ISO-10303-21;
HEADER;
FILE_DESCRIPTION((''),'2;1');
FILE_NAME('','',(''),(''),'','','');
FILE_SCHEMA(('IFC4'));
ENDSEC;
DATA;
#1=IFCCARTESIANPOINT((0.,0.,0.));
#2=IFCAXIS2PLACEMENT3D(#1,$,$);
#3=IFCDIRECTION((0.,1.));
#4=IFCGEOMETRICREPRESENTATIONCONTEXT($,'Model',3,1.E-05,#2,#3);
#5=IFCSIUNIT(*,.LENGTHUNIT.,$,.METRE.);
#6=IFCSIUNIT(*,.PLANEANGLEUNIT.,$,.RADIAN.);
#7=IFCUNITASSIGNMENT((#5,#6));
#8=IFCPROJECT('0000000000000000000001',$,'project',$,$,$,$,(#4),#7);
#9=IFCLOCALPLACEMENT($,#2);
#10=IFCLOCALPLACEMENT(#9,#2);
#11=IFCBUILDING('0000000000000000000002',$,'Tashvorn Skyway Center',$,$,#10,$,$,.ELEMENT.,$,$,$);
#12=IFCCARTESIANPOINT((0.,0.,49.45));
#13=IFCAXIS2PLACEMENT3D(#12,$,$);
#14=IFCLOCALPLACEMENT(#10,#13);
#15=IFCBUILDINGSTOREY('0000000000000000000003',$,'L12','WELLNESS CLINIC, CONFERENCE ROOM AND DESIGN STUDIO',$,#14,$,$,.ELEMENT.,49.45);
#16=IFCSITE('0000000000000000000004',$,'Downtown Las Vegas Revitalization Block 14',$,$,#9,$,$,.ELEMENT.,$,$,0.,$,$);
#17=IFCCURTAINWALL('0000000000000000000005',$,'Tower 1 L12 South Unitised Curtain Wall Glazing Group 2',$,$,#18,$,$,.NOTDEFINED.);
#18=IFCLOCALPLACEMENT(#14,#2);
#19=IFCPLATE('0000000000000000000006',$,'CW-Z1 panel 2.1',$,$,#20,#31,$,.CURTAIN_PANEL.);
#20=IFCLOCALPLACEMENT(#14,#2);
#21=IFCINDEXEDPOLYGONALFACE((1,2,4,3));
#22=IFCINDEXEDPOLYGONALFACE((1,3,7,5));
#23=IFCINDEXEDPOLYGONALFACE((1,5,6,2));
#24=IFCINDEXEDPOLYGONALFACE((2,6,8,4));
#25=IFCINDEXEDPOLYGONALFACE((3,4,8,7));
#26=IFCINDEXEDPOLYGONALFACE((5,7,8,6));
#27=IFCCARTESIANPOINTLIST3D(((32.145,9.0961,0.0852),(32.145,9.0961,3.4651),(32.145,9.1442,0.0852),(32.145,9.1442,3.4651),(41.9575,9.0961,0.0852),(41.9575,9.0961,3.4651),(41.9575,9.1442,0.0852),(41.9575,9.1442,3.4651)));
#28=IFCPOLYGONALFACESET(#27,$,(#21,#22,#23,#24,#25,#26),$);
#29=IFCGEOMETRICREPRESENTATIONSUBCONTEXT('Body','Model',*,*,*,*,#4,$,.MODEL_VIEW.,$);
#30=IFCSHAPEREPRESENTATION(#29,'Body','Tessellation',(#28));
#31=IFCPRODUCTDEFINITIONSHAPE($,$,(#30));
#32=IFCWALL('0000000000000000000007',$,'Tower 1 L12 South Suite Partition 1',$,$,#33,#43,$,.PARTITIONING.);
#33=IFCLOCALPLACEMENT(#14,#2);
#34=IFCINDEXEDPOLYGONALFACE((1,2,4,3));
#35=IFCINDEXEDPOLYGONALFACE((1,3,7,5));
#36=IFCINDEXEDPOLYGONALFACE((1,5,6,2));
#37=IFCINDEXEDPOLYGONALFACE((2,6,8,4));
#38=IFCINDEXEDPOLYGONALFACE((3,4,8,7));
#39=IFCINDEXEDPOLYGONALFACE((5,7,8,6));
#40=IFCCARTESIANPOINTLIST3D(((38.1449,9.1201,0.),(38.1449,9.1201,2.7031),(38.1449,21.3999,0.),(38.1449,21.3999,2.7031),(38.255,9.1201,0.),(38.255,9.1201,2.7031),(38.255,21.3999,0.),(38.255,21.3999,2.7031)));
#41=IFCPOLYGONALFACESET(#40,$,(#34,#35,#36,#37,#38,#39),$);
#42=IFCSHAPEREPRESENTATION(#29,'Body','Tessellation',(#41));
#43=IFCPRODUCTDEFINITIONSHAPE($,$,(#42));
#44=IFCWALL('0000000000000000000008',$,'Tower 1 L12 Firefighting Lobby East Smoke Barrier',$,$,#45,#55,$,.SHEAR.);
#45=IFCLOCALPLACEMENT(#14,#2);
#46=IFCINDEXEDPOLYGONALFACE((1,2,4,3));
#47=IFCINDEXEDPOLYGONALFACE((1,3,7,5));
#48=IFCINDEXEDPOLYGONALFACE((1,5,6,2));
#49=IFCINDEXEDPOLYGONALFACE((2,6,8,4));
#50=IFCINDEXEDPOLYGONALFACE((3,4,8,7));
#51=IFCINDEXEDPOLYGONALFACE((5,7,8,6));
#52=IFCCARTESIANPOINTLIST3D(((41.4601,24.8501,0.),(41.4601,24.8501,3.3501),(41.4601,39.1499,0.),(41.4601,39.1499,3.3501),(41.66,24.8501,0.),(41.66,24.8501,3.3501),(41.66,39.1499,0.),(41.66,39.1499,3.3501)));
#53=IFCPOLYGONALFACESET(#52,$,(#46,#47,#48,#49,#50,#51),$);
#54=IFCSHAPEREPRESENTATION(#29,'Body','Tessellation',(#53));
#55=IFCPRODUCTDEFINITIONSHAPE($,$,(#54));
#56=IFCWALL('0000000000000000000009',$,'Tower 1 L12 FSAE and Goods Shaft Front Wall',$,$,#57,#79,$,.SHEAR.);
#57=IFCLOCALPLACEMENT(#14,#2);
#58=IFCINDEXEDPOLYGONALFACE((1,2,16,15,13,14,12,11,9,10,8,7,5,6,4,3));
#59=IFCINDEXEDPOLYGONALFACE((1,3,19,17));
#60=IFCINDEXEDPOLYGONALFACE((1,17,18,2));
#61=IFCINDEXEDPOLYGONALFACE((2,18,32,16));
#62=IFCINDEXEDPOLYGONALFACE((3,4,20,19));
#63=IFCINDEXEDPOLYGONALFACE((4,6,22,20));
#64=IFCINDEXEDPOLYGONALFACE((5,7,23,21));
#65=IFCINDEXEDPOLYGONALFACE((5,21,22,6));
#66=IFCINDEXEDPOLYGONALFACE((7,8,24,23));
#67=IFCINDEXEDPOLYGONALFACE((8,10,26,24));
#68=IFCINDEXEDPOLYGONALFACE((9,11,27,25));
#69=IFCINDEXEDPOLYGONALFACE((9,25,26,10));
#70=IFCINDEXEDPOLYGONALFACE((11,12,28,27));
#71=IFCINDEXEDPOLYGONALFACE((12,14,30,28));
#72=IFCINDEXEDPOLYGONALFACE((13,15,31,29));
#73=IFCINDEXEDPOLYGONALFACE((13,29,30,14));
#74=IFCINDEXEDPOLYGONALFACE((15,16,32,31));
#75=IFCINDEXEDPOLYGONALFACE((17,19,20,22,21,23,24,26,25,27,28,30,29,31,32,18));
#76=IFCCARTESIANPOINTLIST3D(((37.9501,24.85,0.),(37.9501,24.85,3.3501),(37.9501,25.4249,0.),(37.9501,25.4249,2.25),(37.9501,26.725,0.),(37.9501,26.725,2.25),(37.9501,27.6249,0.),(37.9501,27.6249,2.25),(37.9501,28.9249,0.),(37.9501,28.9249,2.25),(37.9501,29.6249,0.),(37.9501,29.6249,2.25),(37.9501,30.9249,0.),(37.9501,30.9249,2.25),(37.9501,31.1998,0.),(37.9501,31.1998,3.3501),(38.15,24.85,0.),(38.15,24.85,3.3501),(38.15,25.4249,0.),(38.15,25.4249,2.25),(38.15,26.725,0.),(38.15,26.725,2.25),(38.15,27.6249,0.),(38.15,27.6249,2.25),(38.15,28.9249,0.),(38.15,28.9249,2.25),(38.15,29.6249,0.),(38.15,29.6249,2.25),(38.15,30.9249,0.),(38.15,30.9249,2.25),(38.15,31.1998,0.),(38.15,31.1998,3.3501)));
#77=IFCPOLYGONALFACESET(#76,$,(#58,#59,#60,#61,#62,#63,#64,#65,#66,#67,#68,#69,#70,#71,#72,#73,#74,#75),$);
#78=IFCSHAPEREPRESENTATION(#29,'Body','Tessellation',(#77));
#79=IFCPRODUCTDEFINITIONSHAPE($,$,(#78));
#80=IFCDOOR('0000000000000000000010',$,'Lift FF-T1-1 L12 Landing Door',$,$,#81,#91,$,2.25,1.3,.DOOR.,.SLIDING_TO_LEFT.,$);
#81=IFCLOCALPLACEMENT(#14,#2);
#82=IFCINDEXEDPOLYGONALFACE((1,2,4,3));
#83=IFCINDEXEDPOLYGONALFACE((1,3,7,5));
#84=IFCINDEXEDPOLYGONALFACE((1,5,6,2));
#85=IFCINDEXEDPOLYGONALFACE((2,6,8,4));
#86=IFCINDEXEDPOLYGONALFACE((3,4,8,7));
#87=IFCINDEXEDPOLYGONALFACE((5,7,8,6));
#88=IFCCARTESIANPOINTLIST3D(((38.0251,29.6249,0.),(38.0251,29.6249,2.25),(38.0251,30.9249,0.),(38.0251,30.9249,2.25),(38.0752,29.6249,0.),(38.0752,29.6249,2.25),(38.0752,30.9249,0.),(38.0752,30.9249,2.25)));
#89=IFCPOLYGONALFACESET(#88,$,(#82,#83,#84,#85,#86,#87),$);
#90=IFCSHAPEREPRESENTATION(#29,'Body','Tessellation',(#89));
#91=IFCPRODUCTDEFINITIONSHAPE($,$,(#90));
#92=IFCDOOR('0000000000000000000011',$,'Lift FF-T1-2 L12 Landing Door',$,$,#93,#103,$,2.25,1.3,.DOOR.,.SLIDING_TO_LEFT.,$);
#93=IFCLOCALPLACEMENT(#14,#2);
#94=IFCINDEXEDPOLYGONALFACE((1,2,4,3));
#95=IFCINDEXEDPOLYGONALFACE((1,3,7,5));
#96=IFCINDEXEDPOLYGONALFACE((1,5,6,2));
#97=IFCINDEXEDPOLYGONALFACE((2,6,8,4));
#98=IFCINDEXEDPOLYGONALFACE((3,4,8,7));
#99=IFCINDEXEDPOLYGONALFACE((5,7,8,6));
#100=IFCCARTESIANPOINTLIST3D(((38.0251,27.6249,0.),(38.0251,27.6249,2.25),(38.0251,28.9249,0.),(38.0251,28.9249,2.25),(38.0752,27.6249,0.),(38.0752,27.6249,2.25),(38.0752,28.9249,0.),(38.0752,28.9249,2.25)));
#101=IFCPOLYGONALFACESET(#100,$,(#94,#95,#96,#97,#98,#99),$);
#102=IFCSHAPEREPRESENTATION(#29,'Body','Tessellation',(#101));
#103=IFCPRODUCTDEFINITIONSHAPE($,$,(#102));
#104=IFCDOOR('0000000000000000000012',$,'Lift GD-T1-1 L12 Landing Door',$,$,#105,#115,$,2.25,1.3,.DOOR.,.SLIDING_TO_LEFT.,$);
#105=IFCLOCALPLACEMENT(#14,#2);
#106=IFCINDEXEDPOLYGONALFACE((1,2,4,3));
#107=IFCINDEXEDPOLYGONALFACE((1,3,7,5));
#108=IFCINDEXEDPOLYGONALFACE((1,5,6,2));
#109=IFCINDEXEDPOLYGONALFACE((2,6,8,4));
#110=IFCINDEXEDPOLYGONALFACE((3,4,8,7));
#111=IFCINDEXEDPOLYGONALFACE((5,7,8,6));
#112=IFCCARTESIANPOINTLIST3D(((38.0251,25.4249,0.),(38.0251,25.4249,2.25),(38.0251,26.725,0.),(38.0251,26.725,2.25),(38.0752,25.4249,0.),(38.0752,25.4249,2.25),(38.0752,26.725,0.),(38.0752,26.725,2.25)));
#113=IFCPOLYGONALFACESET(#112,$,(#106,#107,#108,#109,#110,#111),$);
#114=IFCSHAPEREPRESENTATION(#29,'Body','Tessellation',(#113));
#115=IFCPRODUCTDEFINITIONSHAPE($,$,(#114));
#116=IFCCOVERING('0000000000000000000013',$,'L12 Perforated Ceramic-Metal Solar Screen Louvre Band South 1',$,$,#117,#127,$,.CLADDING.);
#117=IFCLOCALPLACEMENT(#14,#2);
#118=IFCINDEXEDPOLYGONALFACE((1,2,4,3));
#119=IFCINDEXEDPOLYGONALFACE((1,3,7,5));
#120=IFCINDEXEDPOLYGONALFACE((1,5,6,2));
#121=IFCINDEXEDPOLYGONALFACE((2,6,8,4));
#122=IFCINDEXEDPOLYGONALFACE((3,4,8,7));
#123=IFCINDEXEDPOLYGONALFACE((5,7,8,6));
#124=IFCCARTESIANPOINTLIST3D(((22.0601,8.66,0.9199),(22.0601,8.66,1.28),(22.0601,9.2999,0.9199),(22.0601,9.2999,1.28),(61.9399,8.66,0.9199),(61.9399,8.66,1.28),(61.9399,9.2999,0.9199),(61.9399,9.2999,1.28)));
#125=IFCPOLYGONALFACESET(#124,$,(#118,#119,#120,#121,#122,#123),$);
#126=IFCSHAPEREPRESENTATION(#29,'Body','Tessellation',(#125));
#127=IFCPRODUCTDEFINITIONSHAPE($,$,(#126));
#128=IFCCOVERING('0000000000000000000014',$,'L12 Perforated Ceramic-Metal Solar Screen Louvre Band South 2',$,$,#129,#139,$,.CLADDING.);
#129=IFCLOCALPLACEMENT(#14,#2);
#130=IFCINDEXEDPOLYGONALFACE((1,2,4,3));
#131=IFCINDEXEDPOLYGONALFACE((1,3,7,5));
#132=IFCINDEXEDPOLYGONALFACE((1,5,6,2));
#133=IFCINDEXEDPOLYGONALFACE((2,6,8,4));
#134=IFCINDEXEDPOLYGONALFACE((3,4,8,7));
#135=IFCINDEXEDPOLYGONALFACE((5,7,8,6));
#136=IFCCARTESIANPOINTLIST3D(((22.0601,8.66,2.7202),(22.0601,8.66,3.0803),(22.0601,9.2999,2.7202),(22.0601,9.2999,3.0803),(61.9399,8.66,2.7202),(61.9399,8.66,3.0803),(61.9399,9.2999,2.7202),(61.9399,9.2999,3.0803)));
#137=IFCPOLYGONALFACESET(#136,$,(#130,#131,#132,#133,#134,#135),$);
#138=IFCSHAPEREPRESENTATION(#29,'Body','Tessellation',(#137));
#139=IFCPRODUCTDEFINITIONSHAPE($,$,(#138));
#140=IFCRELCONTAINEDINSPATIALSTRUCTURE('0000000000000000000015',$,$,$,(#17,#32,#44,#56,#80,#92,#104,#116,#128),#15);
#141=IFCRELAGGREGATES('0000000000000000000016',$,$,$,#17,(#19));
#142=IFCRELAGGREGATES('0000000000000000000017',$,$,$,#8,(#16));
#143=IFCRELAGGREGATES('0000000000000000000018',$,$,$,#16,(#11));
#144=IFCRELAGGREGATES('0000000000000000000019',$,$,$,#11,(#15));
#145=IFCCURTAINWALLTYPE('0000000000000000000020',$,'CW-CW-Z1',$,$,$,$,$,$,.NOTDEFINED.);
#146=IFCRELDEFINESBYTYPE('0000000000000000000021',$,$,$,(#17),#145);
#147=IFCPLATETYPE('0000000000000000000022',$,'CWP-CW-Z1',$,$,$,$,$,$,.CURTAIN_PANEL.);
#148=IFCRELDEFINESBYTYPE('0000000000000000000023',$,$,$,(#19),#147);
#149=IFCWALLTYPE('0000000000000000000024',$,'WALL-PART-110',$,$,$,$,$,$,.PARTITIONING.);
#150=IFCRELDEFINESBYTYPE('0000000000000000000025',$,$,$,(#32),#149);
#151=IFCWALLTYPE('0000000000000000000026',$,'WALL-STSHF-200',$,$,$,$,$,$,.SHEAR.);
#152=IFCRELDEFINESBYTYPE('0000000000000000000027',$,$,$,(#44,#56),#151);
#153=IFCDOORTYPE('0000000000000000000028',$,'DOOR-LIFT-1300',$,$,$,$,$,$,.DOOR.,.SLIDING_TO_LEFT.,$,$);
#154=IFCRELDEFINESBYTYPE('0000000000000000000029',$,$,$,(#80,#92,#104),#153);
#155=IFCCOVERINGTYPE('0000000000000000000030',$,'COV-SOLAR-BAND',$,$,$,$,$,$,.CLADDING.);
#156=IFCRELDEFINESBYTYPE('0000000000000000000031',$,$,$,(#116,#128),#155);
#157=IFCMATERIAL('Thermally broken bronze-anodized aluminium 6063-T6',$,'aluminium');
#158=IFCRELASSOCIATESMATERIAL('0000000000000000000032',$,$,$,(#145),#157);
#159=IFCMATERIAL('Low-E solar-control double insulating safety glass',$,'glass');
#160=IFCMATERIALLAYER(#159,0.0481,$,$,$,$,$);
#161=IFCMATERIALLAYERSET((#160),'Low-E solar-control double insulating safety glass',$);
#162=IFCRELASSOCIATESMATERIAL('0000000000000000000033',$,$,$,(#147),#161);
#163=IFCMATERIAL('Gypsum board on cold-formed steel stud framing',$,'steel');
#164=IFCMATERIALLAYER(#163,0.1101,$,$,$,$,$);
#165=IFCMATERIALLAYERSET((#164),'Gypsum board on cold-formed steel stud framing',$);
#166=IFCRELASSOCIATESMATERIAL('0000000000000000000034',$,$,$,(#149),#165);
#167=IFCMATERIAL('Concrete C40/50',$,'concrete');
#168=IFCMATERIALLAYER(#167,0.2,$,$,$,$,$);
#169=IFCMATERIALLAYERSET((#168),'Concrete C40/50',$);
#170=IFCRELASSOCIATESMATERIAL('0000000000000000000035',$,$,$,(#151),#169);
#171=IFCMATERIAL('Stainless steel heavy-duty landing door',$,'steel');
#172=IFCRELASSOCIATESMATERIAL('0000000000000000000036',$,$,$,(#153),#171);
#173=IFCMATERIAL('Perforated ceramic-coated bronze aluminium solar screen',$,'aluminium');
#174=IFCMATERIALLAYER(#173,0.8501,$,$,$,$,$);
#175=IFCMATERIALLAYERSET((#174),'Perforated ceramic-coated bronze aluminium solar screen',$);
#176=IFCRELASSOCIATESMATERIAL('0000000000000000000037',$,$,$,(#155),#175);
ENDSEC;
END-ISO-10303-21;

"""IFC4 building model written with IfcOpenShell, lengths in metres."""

from ifc_helpers import new_model, si_unit, direction, frame, frame_2d, origin, origin_2d, place, context, subcontext, project, spatial, rectangle, extrude, material, layer, layer_set, type_object, element, fill, aggregate, save


model = new_model("IFC4")

# Units and contexts
model_context = context("Model", 3, precision=1e-05, world=origin(), true_north=direction((0.0, 1.0)))
body_context = subcontext(model_context, "Body", "Model", "MODEL_VIEW")
ifc_project = project(units=[si_unit("LENGTHUNIT", "METRE"), si_unit("PLANEANGLEUNIT", "RADIAN")], contexts=[model_context])

# Site, building, storey
site_placement = place(None, origin())
site = spatial("IfcSite", under=ifc_project, at=site_placement, Name="Downtown Las Vegas Revitalization Block 14", CompositionType="ELEMENT", RefElevation=0.0)
building_placement = place(site_placement, origin())
building = spatial("IfcBuilding", under=site, at=building_placement, Name="Tashvorn Skyway Center", CompositionType="ELEMENT")
storey_placement = place(building_placement, frame((0.0, 0.0, 49.45)))
storey = spatial("IfcBuildingStorey", under=building, at=storey_placement, Name="L12", Description="WELLNESS CLINIC, CONFERENCE ROOM AND DESIGN STUDIO", CompositionType="ELEMENT", Elevation=49.45)

# Curtain wall, plate
ifc_material_1 = material(Name="Thermally broken bronze-anodized aluminium 6063-T6", Category="aluminium")
curtain_wall_type = type_object("IfcCurtainWallType", Name="CW-CW-Z1", PredefinedType="NOTDEFINED", material=ifc_material_1)
curtain_wall_placement = place(storey_placement, origin())
curtain_wall = element("IfcCurtainWall", 1, at=curtain_wall_placement, inside=storey, type_object=curtain_wall_type, Name="Tower 1 L12 South Unitised Curtain Wall Glazing Group 2", PredefinedType="NOTDEFINED")
ifc_material_2 = material(Name="Low-E solar-control double insulating safety glass", Category="glass")
ifc_layer_1 = layer(ifc_material_2, 0.0481)
ifc_layer_set_1 = layer_set([ifc_layer_1], Name="Low-E solar-control double insulating safety glass")
plate_type = type_object("IfcPlateType", Name="CWP-CW-Z1", PredefinedType="CURTAIN_PANEL", material=ifc_layer_set_1)
plate_1_placement = place(storey_placement, frame((37.0513, 9.1201, 0.0852), z_axis=(0.0, 0.0, 1.0), x_axis=(-1.0, 0.0, 0.0)))
plate_1 = element("IfcPlate", 2, at=plate_1_placement, type_object=plate_type, Name="CW-Z1 panel 2.1", PredefinedType="CURTAIN_PANEL", context=body_context, shape_type="SweptSolid", body=[
    extrude(rectangle(XDim=9.8125, YDim=0.0481, at=origin_2d()), origin(), (0.0, 0.0, 1.0), 3.3799),
])
aggregate(curtain_wall, [plate_1])

# Walls
ifc_material_3 = material(Name="Gypsum board on cold-formed steel stud framing", Category="steel")
ifc_layer_2 = layer(ifc_material_3, 0.1101)
ifc_layer_set_2 = layer_set([ifc_layer_2], Name="Gypsum board on cold-formed steel stud framing")
wall_type_1 = type_object("IfcWallType", Name="WALL-PART-110", PredefinedType="PARTITIONING", material=ifc_layer_set_2)
wall_1_placement = place(storey_placement, frame((38.2, 9.1201, 0.0), z_axis=(0.0, 0.0, 1.0), x_axis=(0.0, 1.0, 0.0)))
element("IfcWall", 3, at=wall_1_placement, inside=storey, type_object=wall_type_1, Name="Tower 1 L12 South Suite Partition 1", PredefinedType="PARTITIONING", context=body_context, shape_type="SweptSolid", body=[
    extrude(rectangle(XDim=12.2798, YDim=0.1101, at=frame_2d((6.1399, 0.0))), origin(), (0.0, 0.0, 1.0), 2.7031),
])
ifc_material_4 = material(Name="Concrete C40/50", Category="concrete")
ifc_layer_3 = layer(ifc_material_4, 0.2)
ifc_layer_set_3 = layer_set([ifc_layer_3], Name="Concrete C40/50")
wall_type_2 = type_object("IfcWallType", Name="WALL-STSHF-200", PredefinedType="SHEAR", material=ifc_layer_set_3)
wall_2_placement = place(storey_placement, frame((41.5601, 24.8501, 0.0), z_axis=(0.0, 0.0, 1.0), x_axis=(0.0, 1.0, 0.0)))
element("IfcWall", 4, at=wall_2_placement, inside=storey, type_object=wall_type_2, Name="Tower 1 L12 Firefighting Lobby East Smoke Barrier", PredefinedType="SHEAR", context=body_context, shape_type="SweptSolid", body=[
    extrude(rectangle(XDim=14.2998, YDim=0.2, at=frame_2d((7.1499, 0.0))), origin(), (0.0, 0.0, 1.0), 3.3501),
])

# Wall, openings, doors
wall_3_placement = place(storey_placement, frame((38.05, 24.8501, 0.0), z_axis=(0.0, 0.0, 1.0), x_axis=(0.0, 1.0, 0.0)))
wall_3 = element("IfcWall", 5, at=wall_3_placement, inside=storey, type_object=wall_type_2, Name="Tower 1 L12 FSAE and Goods Shaft Front Wall", PredefinedType="SHEAR", context=body_context, shape_type="SweptSolid", body=[
    extrude(rectangle(XDim=6.3499, YDim=0.2, at=frame_2d((3.1748, 0.0))), origin(), (0.0, 0.0, 1.0), 3.3501),
])
opening_1_placement = place(wall_3_placement, frame((4.7749, 0.0, 0.0)))
opening_1 = element("IfcOpeningElement", 6, at=opening_1_placement, cuts=wall_3, PredefinedType="OPENING", context=body_context, shape_type="SweptSolid", body=[
    extrude(rectangle(XDim=1.3, YDim=2.25, at=frame_2d((0.6499, 1.125))), frame((0.0, 0.1099, 0.0), z_axis=(0.0, -1.0, 0.0), x_axis=(1.0, 0.0, 0.0)), (0.0, 0.0, 1.0), 0.22),
])
opening_2_placement = place(wall_3_placement, frame((2.7749, 0.0, 0.0)))
opening_2 = element("IfcOpeningElement", 7, at=opening_2_placement, cuts=wall_3, PredefinedType="OPENING", context=body_context, shape_type="SweptSolid", body=[
    extrude(rectangle(XDim=1.3, YDim=2.25, at=frame_2d((0.6499, 1.125))), frame((0.0, 0.1099, 0.0), z_axis=(0.0, -1.0, 0.0), x_axis=(1.0, 0.0, 0.0)), (0.0, 0.0, 1.0), 0.22),
])
opening_3_placement = place(wall_3_placement, frame((0.575, 0.0, 0.0)))
opening_3 = element("IfcOpeningElement", 8, at=opening_3_placement, cuts=wall_3, PredefinedType="OPENING", context=body_context, shape_type="SweptSolid", body=[
    extrude(rectangle(XDim=1.3, YDim=2.25, at=frame_2d((0.6499, 1.125))), frame((0.0, 0.1099, 0.0), z_axis=(0.0, -1.0, 0.0), x_axis=(1.0, 0.0, 0.0)), (0.0, 0.0, 1.0), 0.22),
])
ifc_material_5 = material(Name="Stainless steel heavy-duty landing door", Category="steel")
door_type = type_object("IfcDoorType", Name="DOOR-LIFT-1300", OperationType="SLIDING_TO_LEFT", PredefinedType="DOOR", material=ifc_material_5)
door_1_placement = place(opening_1_placement, origin())
door_1 = element("IfcDoor", 9, at=door_1_placement, inside=storey, type_object=door_type, Name="Lift FF-T1-1 L12 Landing Door", OperationType="SLIDING_TO_LEFT", OverallHeight=2.25, OverallWidth=1.3, PredefinedType="DOOR", context=body_context, shape_type="SweptSolid", body=[
    extrude(rectangle(XDim=1.3, YDim=2.25, at=frame_2d((0.6499, 1.125))), frame((0.0, 0.0249, 0.0), z_axis=(0.0, -1.0, 0.0), x_axis=(1.0, 0.0, 0.0)), (0.0, 0.0, 1.0), 0.05),
])
fill(opening_1, door_1)
door_2_placement = place(opening_2_placement, origin())
door_2 = element("IfcDoor", 10, at=door_2_placement, inside=storey, type_object=door_type, Name="Lift FF-T1-2 L12 Landing Door", OperationType="SLIDING_TO_LEFT", OverallHeight=2.25, OverallWidth=1.3, PredefinedType="DOOR", context=body_context, shape_type="SweptSolid", body=[
    extrude(rectangle(XDim=1.3, YDim=2.25, at=frame_2d((0.6499, 1.125))), frame((0.0, 0.0249, 0.0), z_axis=(0.0, -1.0, 0.0), x_axis=(1.0, 0.0, 0.0)), (0.0, 0.0, 1.0), 0.05),
])
fill(opening_2, door_2)
door_3_placement = place(opening_3_placement, origin())
door_3 = element("IfcDoor", 11, at=door_3_placement, inside=storey, type_object=door_type, Name="Lift GD-T1-1 L12 Landing Door", OperationType="SLIDING_TO_LEFT", OverallHeight=2.25, OverallWidth=1.3, PredefinedType="DOOR", context=body_context, shape_type="SweptSolid", body=[
    extrude(rectangle(XDim=1.3, YDim=2.25, at=frame_2d((0.6499, 1.125))), frame((0.0, 0.0249, 0.0), z_axis=(0.0, -1.0, 0.0), x_axis=(1.0, 0.0, 0.0)), (0.0, 0.0, 1.0), 0.05),
])
fill(opening_3, door_3)

# Coverings
ifc_material_6 = material(Name="Perforated ceramic-coated bronze aluminium solar screen", Category="aluminium")
ifc_layer_4 = layer(ifc_material_6, 0.8501)
ifc_layer_set_4 = layer_set([ifc_layer_4], Name="Perforated ceramic-coated bronze aluminium solar screen")
covering_type = type_object("IfcCoveringType", Name="COV-SOLAR-BAND", PredefinedType="CLADDING", material=ifc_layer_set_4)
for number, where, z_axis, x_axis, name in (
    (12, (42.0, 8.98, 0.9199), (0.0, 0.0, 1.0), (-1.0, 0.0, 0.0), "L12 Perforated Ceramic-Metal Solar Screen Louvre Band South 1"),
    (13, (42.0, 8.98, 2.7202), (0.0, 0.0, 1.0), (-1.0, 0.0, 0.0), "L12 Perforated Ceramic-Metal Solar Screen Louvre Band South 2"),
):
    element("IfcCovering", number, at=place(storey_placement, frame(where, z_axis=z_axis, x_axis=x_axis)), inside=storey, type_object=covering_type, Name=name, PredefinedType="CLADDING", context=body_context, shape_type="SweptSolid", body=[
        extrude(rectangle(XDim=39.8799, YDim=0.6399, at=origin_2d()), origin(), (0.0, 0.0, 1.0), 0.3601),
    ])

save(model, "model.ifc")
